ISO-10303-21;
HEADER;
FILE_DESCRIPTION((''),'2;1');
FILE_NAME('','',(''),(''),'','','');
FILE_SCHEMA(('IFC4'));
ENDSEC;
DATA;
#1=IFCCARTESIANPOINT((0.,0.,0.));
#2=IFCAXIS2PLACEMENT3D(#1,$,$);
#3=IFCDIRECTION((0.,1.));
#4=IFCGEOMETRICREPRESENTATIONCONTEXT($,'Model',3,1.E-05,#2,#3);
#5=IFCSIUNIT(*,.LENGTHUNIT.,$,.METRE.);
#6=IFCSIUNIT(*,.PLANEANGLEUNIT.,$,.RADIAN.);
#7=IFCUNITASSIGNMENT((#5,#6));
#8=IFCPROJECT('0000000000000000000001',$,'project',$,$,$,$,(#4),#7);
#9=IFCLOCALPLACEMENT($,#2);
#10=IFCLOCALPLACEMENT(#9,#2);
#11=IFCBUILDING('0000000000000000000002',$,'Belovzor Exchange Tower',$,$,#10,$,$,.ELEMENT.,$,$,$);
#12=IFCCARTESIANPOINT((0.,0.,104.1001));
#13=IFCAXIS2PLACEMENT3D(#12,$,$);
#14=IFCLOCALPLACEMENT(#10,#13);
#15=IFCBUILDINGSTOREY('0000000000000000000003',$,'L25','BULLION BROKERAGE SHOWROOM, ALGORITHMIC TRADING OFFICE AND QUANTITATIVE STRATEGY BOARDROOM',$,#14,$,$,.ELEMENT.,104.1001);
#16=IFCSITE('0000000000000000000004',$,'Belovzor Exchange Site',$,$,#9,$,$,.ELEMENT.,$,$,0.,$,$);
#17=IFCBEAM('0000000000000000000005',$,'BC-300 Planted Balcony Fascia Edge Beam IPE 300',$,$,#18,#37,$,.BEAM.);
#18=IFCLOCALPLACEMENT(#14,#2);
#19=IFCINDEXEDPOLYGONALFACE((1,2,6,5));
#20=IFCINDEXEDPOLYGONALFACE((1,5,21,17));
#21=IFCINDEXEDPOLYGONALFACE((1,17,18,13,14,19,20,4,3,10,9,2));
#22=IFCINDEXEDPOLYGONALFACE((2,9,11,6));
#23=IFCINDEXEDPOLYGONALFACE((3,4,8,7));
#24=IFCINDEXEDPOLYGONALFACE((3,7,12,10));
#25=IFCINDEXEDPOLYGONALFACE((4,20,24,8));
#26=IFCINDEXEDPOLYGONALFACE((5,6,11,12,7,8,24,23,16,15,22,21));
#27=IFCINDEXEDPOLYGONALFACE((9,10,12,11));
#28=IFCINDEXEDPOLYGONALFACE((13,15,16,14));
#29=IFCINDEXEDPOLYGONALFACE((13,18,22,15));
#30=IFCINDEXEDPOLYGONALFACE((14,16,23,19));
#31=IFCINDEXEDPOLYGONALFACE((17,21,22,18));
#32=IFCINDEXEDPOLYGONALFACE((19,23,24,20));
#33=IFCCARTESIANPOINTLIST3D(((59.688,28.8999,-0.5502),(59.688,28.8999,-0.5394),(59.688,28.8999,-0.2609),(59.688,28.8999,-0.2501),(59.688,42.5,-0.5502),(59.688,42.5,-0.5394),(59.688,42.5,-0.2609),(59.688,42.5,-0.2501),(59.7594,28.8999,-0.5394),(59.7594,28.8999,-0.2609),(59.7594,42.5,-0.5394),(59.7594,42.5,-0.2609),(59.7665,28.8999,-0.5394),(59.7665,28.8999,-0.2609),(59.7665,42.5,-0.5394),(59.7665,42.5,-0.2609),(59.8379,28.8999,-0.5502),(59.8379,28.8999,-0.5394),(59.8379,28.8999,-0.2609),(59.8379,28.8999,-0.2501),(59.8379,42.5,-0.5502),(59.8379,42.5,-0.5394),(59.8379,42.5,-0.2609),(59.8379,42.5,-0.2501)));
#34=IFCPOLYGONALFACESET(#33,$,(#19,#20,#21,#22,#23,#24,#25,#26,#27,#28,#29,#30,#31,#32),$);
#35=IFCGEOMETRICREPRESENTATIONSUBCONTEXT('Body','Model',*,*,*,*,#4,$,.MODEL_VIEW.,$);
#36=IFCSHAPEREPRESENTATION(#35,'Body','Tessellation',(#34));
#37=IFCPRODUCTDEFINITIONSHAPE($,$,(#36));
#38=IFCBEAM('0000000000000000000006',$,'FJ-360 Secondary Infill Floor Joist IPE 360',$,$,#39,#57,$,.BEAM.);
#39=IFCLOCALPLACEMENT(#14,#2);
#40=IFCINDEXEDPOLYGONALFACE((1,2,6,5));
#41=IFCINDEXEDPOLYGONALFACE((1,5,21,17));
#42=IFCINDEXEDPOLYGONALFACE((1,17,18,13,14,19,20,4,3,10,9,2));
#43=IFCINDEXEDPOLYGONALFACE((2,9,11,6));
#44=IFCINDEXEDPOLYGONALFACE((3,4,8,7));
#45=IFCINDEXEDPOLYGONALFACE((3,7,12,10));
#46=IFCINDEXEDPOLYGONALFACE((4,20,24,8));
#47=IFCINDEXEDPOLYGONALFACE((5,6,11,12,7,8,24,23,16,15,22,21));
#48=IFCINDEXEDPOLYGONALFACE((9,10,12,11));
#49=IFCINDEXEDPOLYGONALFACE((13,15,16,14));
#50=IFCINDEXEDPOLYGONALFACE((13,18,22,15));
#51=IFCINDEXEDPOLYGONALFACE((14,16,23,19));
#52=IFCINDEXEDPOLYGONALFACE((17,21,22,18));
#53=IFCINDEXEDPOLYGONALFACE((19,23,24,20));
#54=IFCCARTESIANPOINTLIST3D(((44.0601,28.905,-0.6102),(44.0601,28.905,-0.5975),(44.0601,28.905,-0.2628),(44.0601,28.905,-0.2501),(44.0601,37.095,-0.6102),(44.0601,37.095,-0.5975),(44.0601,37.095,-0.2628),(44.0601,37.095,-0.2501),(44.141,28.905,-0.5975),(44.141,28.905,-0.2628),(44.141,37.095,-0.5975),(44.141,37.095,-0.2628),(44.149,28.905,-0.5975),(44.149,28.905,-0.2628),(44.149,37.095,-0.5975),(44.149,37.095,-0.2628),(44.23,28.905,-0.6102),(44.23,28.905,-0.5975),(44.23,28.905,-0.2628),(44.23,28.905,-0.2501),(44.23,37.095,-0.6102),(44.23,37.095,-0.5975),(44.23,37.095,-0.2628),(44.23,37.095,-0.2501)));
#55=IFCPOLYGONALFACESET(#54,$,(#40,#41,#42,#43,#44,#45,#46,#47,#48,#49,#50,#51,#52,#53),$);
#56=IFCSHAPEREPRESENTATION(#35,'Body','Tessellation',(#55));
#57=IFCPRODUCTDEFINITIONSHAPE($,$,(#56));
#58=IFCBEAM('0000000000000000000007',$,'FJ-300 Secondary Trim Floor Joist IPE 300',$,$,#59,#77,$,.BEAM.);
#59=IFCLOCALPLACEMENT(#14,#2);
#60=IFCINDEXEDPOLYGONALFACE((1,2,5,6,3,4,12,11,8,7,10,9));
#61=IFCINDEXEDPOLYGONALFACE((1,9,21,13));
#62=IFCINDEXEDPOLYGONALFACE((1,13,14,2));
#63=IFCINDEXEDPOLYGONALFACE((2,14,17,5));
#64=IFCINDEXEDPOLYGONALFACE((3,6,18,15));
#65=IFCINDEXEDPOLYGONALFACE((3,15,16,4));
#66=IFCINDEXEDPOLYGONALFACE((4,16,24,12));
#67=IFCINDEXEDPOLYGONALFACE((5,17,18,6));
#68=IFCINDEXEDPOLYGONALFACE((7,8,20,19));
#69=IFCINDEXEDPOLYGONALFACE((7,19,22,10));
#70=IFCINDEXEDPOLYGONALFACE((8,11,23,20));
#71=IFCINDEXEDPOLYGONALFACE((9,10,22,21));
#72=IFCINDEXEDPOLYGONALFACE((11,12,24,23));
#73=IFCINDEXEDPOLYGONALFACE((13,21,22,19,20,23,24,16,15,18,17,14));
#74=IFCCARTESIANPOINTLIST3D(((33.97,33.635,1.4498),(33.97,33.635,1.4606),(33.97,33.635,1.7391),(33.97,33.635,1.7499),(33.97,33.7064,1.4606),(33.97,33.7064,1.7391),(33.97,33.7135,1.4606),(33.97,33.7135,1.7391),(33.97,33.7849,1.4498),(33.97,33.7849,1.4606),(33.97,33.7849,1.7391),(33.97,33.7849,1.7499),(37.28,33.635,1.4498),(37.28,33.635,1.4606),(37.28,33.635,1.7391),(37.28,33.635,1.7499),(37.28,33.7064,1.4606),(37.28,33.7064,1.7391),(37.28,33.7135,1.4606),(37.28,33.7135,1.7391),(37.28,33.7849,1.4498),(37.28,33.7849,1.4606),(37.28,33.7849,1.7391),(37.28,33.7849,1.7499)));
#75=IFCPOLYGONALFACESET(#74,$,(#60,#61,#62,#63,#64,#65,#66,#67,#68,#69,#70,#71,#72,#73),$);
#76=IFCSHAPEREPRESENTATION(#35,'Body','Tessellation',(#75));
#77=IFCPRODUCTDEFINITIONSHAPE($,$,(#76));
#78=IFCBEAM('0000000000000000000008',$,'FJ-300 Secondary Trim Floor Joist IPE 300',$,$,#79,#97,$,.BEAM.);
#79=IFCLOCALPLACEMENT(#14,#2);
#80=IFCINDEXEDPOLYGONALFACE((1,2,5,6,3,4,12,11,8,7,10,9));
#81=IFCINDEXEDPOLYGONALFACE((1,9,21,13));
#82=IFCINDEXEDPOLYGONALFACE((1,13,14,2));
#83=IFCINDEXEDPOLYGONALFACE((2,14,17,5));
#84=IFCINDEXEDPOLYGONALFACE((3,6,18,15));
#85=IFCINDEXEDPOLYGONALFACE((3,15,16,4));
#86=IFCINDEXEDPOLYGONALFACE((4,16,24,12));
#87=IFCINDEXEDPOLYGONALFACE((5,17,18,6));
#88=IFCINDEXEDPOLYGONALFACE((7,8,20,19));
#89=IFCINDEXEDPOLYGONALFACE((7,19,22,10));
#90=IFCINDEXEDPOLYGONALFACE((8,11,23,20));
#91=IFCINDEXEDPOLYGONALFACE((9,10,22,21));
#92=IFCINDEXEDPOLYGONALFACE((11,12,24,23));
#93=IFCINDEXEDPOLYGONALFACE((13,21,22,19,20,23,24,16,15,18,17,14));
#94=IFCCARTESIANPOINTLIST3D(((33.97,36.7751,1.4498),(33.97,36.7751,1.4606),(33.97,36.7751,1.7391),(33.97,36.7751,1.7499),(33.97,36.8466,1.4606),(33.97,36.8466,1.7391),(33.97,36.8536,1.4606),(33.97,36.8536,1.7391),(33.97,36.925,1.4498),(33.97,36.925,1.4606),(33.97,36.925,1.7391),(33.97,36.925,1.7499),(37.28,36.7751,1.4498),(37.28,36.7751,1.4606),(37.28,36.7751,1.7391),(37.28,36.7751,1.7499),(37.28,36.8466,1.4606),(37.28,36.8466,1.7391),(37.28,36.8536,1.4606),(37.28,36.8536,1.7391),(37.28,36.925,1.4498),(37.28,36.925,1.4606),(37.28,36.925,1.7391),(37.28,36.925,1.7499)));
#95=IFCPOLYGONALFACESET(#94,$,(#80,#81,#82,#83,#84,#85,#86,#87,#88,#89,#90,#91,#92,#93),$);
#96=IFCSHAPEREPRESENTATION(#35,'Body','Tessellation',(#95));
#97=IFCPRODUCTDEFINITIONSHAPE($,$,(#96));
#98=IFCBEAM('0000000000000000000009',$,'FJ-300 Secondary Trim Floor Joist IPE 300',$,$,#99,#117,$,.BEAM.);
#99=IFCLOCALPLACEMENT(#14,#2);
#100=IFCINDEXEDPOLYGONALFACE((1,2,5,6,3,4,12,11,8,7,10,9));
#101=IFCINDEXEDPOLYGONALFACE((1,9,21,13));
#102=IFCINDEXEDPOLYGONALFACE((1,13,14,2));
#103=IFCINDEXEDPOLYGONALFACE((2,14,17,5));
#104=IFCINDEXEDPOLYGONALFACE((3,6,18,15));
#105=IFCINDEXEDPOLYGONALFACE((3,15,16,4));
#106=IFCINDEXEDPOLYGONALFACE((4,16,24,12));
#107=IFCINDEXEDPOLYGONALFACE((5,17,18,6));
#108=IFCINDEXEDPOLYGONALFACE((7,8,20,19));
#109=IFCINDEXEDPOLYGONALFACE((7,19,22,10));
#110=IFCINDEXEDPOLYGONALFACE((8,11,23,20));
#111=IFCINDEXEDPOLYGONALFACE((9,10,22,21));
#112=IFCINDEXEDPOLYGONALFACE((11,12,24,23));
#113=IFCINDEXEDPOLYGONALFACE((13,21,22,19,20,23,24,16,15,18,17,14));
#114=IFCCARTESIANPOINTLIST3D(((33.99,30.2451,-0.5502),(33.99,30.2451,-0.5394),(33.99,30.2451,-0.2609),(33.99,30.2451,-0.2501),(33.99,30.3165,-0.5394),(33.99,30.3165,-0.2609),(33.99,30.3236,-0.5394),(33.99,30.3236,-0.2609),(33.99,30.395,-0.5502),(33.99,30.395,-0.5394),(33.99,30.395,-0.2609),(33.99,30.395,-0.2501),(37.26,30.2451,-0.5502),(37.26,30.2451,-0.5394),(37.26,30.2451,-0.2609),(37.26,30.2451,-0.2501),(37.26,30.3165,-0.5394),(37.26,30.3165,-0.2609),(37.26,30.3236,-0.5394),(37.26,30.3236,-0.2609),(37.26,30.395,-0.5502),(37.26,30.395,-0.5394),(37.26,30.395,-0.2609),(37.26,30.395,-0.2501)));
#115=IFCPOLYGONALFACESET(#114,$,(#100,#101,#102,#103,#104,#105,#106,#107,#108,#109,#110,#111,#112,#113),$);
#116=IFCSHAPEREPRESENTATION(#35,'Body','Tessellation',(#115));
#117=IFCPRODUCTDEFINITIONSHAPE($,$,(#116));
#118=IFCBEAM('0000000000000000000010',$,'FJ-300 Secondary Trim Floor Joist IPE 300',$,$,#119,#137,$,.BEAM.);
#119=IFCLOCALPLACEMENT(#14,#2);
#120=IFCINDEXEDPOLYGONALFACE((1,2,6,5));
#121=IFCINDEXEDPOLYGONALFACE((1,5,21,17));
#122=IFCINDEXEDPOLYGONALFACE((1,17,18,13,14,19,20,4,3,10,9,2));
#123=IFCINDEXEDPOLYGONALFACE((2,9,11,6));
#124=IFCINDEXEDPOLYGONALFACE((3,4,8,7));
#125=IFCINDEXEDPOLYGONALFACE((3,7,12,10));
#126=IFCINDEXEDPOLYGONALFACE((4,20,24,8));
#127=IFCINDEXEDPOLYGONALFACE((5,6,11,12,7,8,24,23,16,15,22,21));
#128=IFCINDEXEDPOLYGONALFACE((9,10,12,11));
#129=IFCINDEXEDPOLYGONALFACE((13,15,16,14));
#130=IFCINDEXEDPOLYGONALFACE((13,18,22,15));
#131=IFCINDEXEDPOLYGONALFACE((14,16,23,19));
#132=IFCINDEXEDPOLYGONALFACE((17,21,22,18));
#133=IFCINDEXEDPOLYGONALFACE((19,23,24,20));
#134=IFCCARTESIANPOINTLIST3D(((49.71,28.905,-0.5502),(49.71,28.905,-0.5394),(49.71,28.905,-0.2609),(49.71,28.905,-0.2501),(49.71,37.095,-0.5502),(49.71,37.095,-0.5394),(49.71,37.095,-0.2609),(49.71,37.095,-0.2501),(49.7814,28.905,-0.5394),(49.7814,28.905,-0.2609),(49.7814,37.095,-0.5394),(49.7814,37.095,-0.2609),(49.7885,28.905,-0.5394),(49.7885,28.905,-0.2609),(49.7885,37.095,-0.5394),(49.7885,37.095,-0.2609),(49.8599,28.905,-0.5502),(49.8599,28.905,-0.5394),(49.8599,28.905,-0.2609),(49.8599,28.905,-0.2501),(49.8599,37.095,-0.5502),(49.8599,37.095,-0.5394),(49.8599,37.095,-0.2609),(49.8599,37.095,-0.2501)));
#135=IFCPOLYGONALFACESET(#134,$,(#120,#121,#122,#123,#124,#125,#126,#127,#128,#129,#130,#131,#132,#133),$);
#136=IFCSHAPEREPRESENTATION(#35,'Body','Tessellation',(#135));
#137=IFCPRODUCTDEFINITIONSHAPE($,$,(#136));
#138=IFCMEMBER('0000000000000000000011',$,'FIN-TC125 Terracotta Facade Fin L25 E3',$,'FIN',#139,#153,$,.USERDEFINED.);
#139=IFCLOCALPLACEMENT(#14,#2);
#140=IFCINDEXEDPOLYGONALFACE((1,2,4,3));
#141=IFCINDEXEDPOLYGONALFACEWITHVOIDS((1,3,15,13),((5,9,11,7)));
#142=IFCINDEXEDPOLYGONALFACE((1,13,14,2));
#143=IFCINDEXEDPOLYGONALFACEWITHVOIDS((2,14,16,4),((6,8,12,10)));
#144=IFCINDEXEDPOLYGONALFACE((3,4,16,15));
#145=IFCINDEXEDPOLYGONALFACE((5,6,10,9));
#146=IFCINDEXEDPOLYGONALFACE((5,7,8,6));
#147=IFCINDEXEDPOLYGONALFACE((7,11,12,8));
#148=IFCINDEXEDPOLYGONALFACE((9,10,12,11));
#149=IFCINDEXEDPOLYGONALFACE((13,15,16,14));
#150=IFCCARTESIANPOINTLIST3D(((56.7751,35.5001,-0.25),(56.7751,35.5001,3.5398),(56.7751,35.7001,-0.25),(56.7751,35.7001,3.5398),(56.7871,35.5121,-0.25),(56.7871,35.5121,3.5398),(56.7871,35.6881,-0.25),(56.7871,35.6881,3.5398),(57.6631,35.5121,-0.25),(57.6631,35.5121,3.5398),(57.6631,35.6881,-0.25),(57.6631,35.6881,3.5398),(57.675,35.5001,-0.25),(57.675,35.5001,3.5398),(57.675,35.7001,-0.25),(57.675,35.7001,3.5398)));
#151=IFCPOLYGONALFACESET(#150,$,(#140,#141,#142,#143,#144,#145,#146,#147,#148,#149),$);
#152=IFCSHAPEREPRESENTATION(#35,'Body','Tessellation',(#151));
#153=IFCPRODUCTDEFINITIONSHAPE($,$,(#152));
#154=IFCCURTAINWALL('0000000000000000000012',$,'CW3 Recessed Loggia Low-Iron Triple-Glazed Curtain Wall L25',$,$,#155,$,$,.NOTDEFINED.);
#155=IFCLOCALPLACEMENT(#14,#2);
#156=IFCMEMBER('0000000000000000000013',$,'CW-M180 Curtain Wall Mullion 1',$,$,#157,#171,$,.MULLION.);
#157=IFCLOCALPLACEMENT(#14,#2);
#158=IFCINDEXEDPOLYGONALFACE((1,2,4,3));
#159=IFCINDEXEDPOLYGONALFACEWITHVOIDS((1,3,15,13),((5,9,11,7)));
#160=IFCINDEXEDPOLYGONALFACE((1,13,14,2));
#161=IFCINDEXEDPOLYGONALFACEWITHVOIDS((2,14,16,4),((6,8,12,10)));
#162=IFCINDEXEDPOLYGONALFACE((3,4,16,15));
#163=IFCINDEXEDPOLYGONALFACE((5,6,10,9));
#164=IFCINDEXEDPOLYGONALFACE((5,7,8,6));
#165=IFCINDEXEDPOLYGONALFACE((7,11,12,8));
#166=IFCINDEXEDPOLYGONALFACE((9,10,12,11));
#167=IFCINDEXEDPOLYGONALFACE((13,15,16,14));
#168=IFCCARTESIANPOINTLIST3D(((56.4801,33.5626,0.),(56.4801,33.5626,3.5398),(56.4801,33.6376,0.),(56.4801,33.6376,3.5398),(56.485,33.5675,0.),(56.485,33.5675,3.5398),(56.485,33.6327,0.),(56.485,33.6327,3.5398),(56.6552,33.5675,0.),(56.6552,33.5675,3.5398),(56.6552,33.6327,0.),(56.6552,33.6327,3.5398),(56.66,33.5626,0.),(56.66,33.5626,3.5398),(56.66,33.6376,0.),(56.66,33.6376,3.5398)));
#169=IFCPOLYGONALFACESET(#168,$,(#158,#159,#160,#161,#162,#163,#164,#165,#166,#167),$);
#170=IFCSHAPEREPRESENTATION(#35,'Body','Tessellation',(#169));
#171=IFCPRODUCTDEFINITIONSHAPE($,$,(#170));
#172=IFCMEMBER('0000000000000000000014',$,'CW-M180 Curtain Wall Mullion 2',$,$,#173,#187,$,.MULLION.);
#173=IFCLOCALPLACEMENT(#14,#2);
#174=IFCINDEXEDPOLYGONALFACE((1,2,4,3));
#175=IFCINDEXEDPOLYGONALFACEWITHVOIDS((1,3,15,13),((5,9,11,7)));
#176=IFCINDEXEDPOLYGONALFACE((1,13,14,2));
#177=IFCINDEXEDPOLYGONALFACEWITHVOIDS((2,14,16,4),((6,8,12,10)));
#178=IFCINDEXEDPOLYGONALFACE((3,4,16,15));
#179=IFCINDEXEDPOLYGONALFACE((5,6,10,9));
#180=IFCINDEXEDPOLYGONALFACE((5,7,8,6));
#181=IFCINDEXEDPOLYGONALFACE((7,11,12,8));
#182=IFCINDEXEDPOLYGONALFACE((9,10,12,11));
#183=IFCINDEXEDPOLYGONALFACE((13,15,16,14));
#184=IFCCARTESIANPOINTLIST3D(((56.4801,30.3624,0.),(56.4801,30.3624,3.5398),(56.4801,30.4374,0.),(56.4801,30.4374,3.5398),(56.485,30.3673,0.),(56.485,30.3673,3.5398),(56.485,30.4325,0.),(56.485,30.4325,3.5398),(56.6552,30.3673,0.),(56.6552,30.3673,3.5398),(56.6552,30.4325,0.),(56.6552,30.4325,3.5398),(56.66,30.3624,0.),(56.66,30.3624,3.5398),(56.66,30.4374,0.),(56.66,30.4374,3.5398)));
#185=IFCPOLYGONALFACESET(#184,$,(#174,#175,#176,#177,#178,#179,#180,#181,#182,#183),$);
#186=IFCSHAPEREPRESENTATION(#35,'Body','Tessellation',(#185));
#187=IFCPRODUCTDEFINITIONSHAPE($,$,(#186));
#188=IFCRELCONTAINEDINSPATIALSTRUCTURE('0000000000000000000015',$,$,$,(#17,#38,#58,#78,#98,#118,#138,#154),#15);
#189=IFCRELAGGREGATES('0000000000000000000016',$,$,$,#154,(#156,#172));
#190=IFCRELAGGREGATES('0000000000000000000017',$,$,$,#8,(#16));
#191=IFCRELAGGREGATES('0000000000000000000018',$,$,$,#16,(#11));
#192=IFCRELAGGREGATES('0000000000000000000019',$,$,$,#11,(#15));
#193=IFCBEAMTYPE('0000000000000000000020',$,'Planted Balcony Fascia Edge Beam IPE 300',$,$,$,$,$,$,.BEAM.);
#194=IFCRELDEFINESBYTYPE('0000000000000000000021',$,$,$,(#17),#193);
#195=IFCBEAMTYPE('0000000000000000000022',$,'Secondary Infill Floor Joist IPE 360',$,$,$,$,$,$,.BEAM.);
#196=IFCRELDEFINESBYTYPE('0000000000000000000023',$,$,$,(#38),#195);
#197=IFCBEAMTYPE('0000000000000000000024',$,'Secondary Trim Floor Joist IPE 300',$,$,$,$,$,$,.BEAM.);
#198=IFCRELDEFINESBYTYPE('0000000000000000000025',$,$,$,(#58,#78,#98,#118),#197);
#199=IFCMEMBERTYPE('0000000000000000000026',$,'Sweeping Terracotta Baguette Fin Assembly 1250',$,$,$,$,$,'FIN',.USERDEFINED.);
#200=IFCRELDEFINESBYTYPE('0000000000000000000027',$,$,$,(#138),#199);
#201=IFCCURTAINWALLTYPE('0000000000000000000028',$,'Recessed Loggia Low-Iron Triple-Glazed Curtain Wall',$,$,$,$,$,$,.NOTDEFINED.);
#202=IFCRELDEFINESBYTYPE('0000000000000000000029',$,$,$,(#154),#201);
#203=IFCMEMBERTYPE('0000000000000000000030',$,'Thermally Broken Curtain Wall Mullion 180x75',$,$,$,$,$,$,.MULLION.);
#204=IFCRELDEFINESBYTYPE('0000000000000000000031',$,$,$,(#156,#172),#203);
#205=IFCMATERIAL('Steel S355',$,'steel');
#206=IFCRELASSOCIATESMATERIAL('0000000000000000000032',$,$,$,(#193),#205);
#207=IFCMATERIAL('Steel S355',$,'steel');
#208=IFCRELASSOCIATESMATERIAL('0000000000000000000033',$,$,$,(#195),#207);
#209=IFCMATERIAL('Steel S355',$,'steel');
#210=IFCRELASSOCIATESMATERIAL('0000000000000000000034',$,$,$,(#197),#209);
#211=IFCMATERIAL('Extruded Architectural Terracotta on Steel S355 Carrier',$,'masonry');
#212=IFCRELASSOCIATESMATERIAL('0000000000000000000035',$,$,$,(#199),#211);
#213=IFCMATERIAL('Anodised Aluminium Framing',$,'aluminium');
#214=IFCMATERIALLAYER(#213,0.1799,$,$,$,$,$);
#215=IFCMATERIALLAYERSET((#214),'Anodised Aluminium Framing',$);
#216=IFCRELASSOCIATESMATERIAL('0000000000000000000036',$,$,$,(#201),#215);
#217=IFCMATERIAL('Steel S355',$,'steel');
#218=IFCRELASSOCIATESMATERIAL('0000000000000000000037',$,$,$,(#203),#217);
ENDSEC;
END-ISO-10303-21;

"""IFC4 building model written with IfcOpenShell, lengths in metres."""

from ifc_helpers import new_model, si_unit, direction, frame, origin, origin_2d, place, context, subcontext, project, spatial, hollow_rectangle, i_section, extrude, material, layer, layer_set, material_profile, profile_set, type_object, element, aggregate, save


model = new_model("IFC4")

# Units and contexts
model_context = context("Model", 3, precision=1e-05, world=origin(), true_north=direction((0.0, 1.0)))
body_context = subcontext(model_context, "Body", "Model", "MODEL_VIEW")
ifc_project = project(units=[si_unit("LENGTHUNIT", "METRE"), si_unit("PLANEANGLEUNIT", "RADIAN")], contexts=[model_context])

# Site, building, storey
site_placement = place(None, origin())
site = spatial("IfcSite", under=ifc_project, at=site_placement, Name="Belovzor Exchange Site", CompositionType="ELEMENT", RefElevation=0.0)
building_placement = place(site_placement, origin())
building = spatial("IfcBuilding", under=site, at=building_placement, Name="Belovzor Exchange Tower", CompositionType="ELEMENT")
storey_placement = place(building_placement, frame((0.0, 0.0, 104.1001)))
storey = spatial("IfcBuildingStorey", under=building, at=storey_placement, Name="L25", Description="BULLION BROKERAGE SHOWROOM, ALGORITHMIC TRADING OFFICE AND QUANTITATIVE STRATEGY BOARDROOM", CompositionType="ELEMENT", Elevation=104.1001)

# Beams
ifc_material_1 = material(Name="Steel S355", Category="steel")
ifc_material_profile_1 = material_profile(ifc_material_1, i_section(OverallWidth=0.1499, OverallDepth=0.3, WebThickness=0.0071, FlangeThickness=0.0107, at=origin_2d()))
ifc_profile_set_1 = profile_set([ifc_material_profile_1], Name="Steel S355")
beam_type_1 = type_object("IfcBeamType", Name="Planted Balcony Fascia Edge Beam IPE 300", PredefinedType="BEAM", material=ifc_profile_set_1)
beam_1_placement = place(storey_placement, frame((59.7629, 28.8999, -0.4001), z_axis=(0.0, 1.0, 0.0), x_axis=(-1.0, 0.0, 0.0)))
element("IfcBeam", 1, at=beam_1_placement, inside=storey, type_object=beam_type_1, Name="BC-300 Planted Balcony Fascia Edge Beam IPE 300", PredefinedType="BEAM", context=body_context, shape_type="SweptSolid", body=[
    extrude(i_section(OverallWidth=0.1499, OverallDepth=0.3, WebThickness=0.0071, FlangeThickness=0.0107, at=origin_2d()), origin(), (0.0, 0.0, 1.0), 13.6001),
])
ifc_material_2 = material(Name="Steel S355", Category="steel")
ifc_material_profile_2 = material_profile(ifc_material_2, i_section(OverallWidth=0.1699, OverallDepth=0.3601, WebThickness=0.0081, FlangeThickness=0.0127, at=origin_2d()))
ifc_profile_set_2 = profile_set([ifc_material_profile_2], Name="Steel S355")
beam_type_2 = type_object("IfcBeamType", Name="Secondary Infill Floor Joist IPE 360", PredefinedType="BEAM", material=ifc_profile_set_2)
beam_2_placement = place(storey_placement, frame((44.145, 28.905, -0.4302), z_axis=(0.0, 1.0, 0.0), x_axis=(-1.0, 0.0, 0.0)))
element("IfcBeam", 2, at=beam_2_placement, inside=storey, type_object=beam_type_2, Name="FJ-360 Secondary Infill Floor Joist IPE 360", PredefinedType="BEAM", context=body_context, shape_type="SweptSolid", body=[
    extrude(i_section(OverallWidth=0.1699, OverallDepth=0.3601, WebThickness=0.0081, FlangeThickness=0.0127, at=origin_2d()), origin(), (0.0, 0.0, 1.0), 8.1899),
])
ifc_material_3 = material(Name="Steel S355", Category="steel")
ifc_material_profile_3 = material_profile(ifc_material_3, i_section(OverallWidth=0.1499, OverallDepth=0.3, WebThickness=0.0071, FlangeThickness=0.0107, at=origin_2d()))
ifc_profile_set_3 = profile_set([ifc_material_profile_3], Name="Steel S355")
beam_type_3 = type_object("IfcBeamType", Name="Secondary Trim Floor Joist IPE 300", PredefinedType="BEAM", material=ifc_profile_set_3)
for number, where, z_axis, x_axis, name in (
    (3, (37.28, 33.71, 1.5999), (-1.0, 0.0, 0.0), (0.0, -1.0, 0.0), "FJ-300 Secondary Trim Floor Joist IPE 300"),
    (4, (37.28, 36.8501, 1.5999), (-1.0, 0.0, 0.0), (0.0, -1.0, 0.0), "FJ-300 Secondary Trim Floor Joist IPE 300"),
):
    element("IfcBeam", number, at=place(storey_placement, frame(where, z_axis=z_axis, x_axis=x_axis)), inside=storey, type_object=beam_type_3, Name=name, PredefinedType="BEAM", context=body_context, shape_type="SweptSolid", body=[
        extrude(i_section(OverallWidth=0.1499, OverallDepth=0.3, WebThickness=0.0071, FlangeThickness=0.0107, at=origin_2d()), origin(), (0.0, 0.0, 1.0), 3.3101),
    ])
beam_3_placement = place(storey_placement, frame((37.26, 30.3201, -0.4001), z_axis=(-1.0, 0.0, 0.0), x_axis=(0.0, -1.0, 0.0)))
element("IfcBeam", 5, at=beam_3_placement, inside=storey, type_object=beam_type_3, Name="FJ-300 Secondary Trim Floor Joist IPE 300", PredefinedType="BEAM", context=body_context, shape_type="SweptSolid", body=[
    extrude(i_section(OverallWidth=0.1499, OverallDepth=0.3, WebThickness=0.0071, FlangeThickness=0.0107, at=origin_2d()), origin(), (0.0, 0.0, 1.0), 3.27),
])
beam_4_placement = place(storey_placement, frame((49.7849, 28.905, -0.4001), z_axis=(0.0, 1.0, 0.0), x_axis=(-1.0, 0.0, 0.0)))
element("IfcBeam", 6, at=beam_4_placement, inside=storey, type_object=beam_type_3, Name="FJ-300 Secondary Trim Floor Joist IPE 300", PredefinedType="BEAM", context=body_context, shape_type="SweptSolid", body=[
    extrude(i_section(OverallWidth=0.1499, OverallDepth=0.3, WebThickness=0.0071, FlangeThickness=0.0107, at=origin_2d()), origin(), (0.0, 0.0, 1.0), 8.1899),
])

# Member
ifc_material_4 = material(Name="Extruded Architectural Terracotta on Steel S355 Carrier", Category="masonry")
ifc_material_profile_4 = material_profile(ifc_material_4, hollow_rectangle(XDim=0.2, YDim=0.8999, WallThickness=0.012, at=origin_2d()))
ifc_profile_set_4 = profile_set([ifc_material_profile_4], Name="Extruded Architectural Terracotta on Steel S355 Carrier")
member_type_1 = type_object("IfcMemberType", Name="Sweeping Terracotta Baguette Fin Assembly 1250", ElementType="FIN", PredefinedType="USERDEFINED", material=ifc_profile_set_4)
member_1_placement = place(storey_placement, frame((57.2251, 35.6001, -0.25), z_axis=(0.0, 0.0, 1.0), x_axis=(0.0, 1.0, 0.0)))
element("IfcMember", 7, at=member_1_placement, inside=storey, type_object=member_type_1, Name="FIN-TC125 Terracotta Facade Fin L25 E3", ObjectType="FIN", PredefinedType="USERDEFINED", context=body_context, shape_type="SweptSolid", body=[
    extrude(hollow_rectangle(XDim=0.2, YDim=0.8999, WallThickness=0.012, at=origin_2d()), origin(), (0.0, 0.0, 1.0), 3.7898),
])

# Curtain wall, members
ifc_material_5 = material(Name="Anodised Aluminium Framing", Category="aluminium")
ifc_layer_1 = layer(ifc_material_5, 0.1799)
ifc_layer_set_1 = layer_set([ifc_layer_1], Name="Anodised Aluminium Framing")
curtain_wall_type = type_object("IfcCurtainWallType", Name="Recessed Loggia Low-Iron Triple-Glazed Curtain Wall", PredefinedType="NOTDEFINED", material=ifc_layer_set_1)
curtain_wall_placement = place(storey_placement, origin())
curtain_wall = element("IfcCurtainWall", 8, at=curtain_wall_placement, inside=storey, type_object=curtain_wall_type, Name="CW3 Recessed Loggia Low-Iron Triple-Glazed Curtain Wall L25", PredefinedType="NOTDEFINED")
ifc_material_6 = material(Name="Steel S355", Category="steel")
ifc_material_profile_5 = material_profile(ifc_material_6, hollow_rectangle(XDim=0.075, YDim=0.1799, WallThickness=0.0049, at=origin_2d()))
ifc_profile_set_5 = profile_set([ifc_material_profile_5], Name="Steel S355")
member_type_2 = type_object("IfcMemberType", Name="Thermally Broken Curtain Wall Mullion 180x75", PredefinedType="MULLION", material=ifc_profile_set_5)
member_2_placement = place(storey_placement, frame((56.5701, 33.6001, 0.0), z_axis=(0.0, 0.0, 1.0), x_axis=(0.0, -1.0, 0.0)))
member_2 = element("IfcMember", 9, at=member_2_placement, type_object=member_type_2, Name="CW-M180 Curtain Wall Mullion 1", PredefinedType="MULLION", context=body_context, shape_type="SweptSolid", body=[
    extrude(hollow_rectangle(XDim=0.075, YDim=0.1799, WallThickness=0.0049, at=origin_2d()), origin(), (0.0, 0.0, 1.0), 3.5398),
])
member_3_placement = place(storey_placement, frame((56.5701, 30.3999, 0.0), z_axis=(0.0, 0.0, 1.0), x_axis=(0.0, -1.0, 0.0)))
member_3 = element("IfcMember", 10, at=member_3_placement, type_object=member_type_2, Name="CW-M180 Curtain Wall Mullion 2", PredefinedType="MULLION", context=body_context, shape_type="SweptSolid", body=[
    extrude(hollow_rectangle(XDim=0.075, YDim=0.1799, WallThickness=0.0049, at=origin_2d()), origin(), (0.0, 0.0, 1.0), 3.5398),
])

aggregate(curtain_wall, [member_2, member_3])

save(model, "model.ifc")
